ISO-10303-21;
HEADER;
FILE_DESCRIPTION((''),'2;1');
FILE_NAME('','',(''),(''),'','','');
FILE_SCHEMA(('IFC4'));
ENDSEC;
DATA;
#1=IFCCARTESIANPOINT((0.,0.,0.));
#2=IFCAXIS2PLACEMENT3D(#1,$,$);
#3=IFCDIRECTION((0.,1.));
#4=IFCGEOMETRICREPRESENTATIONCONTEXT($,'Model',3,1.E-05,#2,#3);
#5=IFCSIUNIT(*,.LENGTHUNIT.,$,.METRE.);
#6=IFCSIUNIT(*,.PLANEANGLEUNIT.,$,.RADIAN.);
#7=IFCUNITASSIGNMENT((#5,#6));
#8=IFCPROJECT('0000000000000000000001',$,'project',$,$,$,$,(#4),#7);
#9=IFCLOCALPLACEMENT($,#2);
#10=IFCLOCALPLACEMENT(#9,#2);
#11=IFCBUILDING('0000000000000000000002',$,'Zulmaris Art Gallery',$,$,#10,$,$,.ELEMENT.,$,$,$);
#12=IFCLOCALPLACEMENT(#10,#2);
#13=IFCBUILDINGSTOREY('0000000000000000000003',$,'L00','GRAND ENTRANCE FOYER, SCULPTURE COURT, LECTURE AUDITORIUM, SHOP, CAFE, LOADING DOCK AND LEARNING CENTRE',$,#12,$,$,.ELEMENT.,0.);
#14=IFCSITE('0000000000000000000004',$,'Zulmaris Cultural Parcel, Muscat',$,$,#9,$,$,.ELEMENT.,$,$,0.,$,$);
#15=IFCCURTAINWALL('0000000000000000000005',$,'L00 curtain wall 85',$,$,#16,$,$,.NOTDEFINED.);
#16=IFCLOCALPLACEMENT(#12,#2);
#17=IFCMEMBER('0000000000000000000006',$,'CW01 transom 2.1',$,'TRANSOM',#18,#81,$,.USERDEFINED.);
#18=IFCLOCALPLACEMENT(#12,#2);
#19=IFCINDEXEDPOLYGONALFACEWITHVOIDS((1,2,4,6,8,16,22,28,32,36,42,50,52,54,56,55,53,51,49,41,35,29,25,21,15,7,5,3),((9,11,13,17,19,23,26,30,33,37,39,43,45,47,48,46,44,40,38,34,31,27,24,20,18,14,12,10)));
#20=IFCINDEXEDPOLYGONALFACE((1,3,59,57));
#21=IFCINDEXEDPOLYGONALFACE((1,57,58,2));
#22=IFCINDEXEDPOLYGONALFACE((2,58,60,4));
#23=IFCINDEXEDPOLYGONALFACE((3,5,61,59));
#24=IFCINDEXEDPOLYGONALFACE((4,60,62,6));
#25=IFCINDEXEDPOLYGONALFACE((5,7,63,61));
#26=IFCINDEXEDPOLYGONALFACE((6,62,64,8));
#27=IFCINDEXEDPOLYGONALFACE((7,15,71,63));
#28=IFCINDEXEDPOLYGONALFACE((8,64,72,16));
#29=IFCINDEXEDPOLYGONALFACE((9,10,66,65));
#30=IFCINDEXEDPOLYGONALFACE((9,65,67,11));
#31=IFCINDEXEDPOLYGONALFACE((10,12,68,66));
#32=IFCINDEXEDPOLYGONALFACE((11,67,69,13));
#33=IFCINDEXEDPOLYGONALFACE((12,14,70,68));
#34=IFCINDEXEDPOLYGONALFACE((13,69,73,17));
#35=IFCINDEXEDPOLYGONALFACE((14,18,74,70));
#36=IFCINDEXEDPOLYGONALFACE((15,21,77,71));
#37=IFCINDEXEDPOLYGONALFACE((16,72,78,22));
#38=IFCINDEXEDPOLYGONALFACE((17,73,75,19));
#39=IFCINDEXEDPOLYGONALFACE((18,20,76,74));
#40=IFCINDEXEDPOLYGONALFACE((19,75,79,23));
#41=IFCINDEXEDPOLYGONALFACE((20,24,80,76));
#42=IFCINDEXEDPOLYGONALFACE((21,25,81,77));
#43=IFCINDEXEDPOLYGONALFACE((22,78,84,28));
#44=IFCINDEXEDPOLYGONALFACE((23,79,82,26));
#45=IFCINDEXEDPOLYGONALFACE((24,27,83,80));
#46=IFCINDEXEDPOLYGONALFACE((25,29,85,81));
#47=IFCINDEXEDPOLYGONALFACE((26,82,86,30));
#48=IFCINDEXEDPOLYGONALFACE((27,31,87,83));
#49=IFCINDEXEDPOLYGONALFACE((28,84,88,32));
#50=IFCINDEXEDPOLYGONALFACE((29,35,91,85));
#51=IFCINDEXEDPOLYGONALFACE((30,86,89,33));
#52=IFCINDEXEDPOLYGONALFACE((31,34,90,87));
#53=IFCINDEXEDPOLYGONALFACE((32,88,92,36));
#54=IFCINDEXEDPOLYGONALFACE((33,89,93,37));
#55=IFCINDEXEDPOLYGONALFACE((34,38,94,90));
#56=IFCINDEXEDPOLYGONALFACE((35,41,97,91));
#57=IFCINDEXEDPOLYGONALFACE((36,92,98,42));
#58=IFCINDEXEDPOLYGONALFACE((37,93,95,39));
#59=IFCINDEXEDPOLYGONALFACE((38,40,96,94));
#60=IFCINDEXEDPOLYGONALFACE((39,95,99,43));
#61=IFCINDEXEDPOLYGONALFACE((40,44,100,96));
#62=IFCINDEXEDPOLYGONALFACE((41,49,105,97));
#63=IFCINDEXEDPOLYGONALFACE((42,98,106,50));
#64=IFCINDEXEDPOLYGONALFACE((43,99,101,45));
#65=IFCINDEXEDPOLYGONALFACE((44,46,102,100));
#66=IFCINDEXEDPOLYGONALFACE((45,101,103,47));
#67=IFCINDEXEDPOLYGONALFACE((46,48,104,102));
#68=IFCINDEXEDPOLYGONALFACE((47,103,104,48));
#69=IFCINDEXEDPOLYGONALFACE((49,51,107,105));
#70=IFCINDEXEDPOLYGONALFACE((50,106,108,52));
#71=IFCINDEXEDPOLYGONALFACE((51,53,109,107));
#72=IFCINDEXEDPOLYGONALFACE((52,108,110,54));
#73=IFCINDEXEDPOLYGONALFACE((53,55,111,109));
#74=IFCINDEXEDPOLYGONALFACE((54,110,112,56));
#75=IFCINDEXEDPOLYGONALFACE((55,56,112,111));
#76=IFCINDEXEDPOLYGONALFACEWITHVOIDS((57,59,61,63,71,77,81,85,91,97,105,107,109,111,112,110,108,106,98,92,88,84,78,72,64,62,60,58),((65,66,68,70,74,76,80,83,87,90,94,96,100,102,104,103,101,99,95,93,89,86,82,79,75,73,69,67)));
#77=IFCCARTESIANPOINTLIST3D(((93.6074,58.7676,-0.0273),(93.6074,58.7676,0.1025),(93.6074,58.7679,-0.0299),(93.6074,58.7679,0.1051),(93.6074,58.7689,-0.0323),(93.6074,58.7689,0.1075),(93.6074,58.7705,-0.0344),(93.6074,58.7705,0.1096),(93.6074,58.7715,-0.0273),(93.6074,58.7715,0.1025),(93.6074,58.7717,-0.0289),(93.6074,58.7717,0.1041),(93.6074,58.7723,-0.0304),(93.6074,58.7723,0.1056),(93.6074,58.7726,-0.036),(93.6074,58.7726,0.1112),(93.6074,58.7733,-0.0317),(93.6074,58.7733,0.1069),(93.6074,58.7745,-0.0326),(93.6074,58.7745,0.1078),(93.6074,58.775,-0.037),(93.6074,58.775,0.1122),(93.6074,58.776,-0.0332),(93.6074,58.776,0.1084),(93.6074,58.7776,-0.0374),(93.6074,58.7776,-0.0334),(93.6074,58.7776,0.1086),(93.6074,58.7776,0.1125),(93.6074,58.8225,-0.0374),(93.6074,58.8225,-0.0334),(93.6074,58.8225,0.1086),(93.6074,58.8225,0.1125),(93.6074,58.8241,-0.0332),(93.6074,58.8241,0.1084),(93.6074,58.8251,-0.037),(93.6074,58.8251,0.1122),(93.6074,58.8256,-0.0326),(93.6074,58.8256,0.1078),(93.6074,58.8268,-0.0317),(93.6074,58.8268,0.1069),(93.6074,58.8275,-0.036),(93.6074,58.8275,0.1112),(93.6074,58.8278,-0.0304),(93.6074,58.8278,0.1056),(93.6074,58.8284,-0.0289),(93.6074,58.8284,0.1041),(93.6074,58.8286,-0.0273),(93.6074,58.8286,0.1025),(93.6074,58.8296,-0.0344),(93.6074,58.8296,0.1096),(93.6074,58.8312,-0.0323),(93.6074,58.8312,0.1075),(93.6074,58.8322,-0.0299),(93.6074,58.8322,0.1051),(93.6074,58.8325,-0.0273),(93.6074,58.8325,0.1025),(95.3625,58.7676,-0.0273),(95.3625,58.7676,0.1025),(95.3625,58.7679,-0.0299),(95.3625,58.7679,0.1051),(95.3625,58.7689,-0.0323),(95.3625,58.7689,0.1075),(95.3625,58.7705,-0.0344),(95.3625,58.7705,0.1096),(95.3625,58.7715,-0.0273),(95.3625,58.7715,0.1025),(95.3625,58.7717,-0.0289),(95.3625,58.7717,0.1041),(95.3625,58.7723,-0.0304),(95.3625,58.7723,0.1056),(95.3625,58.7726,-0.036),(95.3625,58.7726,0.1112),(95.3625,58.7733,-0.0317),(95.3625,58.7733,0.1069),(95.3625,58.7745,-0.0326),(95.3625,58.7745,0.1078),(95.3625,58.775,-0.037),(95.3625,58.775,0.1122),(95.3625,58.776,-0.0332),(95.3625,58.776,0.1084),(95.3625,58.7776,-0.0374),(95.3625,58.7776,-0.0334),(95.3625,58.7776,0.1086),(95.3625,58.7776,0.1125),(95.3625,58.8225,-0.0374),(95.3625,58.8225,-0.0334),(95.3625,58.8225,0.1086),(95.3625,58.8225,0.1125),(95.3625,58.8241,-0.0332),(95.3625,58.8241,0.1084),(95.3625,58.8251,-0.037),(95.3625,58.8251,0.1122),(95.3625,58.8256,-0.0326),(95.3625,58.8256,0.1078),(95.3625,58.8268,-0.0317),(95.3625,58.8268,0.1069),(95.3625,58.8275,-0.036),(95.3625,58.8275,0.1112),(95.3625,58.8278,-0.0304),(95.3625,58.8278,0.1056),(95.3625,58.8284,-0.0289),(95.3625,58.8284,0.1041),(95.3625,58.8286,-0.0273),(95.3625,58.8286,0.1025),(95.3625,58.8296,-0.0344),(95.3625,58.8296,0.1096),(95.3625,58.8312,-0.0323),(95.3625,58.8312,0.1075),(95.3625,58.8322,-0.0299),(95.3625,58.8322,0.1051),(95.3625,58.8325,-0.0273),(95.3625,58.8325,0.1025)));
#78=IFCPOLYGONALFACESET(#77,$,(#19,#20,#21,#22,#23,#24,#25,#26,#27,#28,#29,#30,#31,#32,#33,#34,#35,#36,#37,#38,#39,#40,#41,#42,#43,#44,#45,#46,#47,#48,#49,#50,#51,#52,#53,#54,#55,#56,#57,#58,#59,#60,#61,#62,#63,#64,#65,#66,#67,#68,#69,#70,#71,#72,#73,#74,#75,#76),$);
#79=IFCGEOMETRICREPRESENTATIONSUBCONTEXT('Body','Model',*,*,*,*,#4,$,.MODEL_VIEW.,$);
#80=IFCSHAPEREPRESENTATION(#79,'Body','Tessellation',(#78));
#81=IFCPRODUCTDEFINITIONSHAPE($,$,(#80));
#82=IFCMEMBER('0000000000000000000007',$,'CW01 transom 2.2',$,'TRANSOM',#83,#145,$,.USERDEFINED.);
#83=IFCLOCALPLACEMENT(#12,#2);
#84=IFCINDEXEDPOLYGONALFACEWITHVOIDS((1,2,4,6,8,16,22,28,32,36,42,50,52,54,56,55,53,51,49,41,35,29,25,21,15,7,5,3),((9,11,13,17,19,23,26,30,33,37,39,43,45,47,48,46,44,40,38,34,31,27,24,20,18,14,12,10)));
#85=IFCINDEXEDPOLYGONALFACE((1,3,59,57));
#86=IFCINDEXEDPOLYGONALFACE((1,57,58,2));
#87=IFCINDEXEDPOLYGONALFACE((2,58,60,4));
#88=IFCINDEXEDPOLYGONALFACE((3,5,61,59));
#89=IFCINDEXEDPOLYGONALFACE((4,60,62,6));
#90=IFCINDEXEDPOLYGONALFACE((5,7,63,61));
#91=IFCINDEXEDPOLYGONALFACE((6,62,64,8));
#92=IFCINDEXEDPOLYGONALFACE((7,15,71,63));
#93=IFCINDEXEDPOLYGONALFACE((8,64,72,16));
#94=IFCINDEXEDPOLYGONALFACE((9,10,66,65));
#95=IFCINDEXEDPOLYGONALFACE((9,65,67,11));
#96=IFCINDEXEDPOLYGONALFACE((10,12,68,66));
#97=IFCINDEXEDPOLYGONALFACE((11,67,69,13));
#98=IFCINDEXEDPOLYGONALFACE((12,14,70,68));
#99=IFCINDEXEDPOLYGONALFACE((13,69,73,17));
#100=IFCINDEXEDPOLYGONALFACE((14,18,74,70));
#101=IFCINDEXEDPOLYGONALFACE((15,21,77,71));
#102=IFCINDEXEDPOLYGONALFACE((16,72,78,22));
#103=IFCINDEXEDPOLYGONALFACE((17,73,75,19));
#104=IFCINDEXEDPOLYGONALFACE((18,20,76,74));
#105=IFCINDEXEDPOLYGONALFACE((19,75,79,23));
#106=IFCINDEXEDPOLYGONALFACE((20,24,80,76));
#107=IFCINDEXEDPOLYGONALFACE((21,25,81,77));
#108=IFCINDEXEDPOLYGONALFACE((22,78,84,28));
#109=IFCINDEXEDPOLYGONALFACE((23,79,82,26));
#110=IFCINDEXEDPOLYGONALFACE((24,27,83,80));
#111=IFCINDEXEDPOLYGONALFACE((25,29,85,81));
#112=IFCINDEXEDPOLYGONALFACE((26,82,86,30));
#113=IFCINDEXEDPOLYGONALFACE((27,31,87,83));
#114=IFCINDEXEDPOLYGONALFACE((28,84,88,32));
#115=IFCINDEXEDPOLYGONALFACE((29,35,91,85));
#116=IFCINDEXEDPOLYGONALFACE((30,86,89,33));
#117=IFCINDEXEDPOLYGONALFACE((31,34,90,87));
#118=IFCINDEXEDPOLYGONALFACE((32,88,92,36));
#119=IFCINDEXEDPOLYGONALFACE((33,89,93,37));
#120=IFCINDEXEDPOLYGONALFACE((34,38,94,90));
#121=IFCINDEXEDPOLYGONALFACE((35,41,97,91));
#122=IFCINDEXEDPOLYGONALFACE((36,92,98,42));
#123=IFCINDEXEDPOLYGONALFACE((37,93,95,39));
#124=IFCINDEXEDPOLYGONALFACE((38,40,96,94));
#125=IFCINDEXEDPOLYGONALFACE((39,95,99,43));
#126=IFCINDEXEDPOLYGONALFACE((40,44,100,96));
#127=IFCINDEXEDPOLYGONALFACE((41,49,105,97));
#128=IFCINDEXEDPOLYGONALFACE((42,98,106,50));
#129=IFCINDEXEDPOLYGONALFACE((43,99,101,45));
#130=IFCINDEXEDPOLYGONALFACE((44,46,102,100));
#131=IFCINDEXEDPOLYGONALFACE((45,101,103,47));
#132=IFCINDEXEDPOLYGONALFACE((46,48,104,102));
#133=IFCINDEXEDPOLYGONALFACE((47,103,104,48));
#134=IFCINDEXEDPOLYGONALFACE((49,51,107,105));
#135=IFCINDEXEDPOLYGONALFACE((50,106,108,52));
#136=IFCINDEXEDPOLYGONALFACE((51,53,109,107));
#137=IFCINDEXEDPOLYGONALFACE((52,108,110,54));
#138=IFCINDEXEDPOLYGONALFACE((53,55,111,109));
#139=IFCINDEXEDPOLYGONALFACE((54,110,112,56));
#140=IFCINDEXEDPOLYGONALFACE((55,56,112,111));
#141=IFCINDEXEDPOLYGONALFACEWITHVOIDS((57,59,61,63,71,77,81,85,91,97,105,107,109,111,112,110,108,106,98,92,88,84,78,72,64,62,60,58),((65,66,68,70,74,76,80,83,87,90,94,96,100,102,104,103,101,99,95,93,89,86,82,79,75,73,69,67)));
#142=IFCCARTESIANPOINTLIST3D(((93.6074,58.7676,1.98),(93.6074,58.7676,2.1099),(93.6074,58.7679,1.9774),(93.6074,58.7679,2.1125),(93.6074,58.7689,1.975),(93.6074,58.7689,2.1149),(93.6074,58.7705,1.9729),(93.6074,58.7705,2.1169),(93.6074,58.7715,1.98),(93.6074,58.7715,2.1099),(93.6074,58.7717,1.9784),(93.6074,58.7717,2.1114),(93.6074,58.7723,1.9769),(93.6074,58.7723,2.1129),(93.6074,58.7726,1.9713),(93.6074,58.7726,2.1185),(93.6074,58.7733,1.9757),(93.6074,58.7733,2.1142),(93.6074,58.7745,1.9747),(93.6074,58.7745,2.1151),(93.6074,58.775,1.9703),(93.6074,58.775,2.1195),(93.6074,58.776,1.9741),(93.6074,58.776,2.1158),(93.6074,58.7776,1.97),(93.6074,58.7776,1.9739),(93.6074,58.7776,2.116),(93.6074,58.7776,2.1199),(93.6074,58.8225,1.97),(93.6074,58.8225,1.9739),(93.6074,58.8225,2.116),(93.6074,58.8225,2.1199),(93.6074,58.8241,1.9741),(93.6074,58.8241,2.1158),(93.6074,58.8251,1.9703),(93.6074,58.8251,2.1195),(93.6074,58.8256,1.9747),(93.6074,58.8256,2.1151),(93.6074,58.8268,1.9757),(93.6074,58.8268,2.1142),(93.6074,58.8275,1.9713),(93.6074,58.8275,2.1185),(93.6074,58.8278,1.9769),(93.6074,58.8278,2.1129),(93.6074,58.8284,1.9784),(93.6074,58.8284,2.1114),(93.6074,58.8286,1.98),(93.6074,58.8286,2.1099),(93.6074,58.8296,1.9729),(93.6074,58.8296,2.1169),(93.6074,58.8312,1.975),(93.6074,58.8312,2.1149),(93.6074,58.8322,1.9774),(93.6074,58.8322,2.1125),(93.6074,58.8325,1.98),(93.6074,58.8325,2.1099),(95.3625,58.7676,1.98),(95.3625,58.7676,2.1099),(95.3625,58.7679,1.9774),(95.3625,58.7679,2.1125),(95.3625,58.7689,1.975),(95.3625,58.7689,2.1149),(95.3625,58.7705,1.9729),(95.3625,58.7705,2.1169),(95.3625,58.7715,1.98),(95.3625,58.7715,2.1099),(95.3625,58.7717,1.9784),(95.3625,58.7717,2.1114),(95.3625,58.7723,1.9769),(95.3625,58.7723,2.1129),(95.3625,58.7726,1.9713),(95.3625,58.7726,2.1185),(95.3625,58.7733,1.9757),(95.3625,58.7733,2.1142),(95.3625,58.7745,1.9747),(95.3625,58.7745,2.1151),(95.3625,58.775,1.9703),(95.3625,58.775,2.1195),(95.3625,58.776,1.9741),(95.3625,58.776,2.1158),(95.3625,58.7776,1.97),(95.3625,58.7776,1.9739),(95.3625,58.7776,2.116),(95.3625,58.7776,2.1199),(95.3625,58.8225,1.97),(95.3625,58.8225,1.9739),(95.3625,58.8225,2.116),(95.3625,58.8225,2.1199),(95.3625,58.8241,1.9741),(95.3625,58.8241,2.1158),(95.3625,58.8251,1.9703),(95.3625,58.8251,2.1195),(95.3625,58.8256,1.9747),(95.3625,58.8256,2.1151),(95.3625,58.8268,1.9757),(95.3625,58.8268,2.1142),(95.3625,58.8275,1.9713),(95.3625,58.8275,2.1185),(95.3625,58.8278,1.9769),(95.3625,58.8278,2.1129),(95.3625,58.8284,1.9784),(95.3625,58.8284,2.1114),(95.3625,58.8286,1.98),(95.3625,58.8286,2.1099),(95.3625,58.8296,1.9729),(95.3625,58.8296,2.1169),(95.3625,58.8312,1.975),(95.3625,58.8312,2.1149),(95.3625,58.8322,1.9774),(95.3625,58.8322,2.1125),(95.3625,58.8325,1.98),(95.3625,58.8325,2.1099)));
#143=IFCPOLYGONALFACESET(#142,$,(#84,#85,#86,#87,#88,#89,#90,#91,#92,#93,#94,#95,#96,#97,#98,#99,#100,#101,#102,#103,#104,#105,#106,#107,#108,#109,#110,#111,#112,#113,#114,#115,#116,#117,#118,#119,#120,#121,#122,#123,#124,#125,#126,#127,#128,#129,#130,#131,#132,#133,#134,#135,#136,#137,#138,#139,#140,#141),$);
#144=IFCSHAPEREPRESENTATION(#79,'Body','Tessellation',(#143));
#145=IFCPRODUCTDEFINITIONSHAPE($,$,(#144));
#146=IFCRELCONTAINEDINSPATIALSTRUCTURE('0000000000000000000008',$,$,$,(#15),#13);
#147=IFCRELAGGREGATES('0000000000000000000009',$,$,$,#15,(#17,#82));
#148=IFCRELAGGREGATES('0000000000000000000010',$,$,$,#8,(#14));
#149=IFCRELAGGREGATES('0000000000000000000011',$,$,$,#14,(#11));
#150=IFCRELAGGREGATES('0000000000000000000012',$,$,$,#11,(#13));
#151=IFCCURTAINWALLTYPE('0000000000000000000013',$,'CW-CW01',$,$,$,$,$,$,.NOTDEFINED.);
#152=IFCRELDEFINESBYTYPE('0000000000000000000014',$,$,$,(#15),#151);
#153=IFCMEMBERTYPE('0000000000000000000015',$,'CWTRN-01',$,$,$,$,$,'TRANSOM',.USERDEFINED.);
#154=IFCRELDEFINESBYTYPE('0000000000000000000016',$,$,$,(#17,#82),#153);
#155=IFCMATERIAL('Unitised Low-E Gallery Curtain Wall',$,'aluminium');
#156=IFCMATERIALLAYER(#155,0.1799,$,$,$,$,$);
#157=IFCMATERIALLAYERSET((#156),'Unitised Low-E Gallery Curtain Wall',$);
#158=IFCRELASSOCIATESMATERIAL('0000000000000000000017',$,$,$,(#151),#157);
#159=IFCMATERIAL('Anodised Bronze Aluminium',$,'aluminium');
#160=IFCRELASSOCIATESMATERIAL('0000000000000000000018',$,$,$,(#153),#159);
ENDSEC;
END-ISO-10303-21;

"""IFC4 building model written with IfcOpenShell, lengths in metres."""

from ifc_helpers import new_model, si_unit, direction, frame, origin, origin_2d, place, context, subcontext, project, spatial, hollow_rectangle, extrude, material, layer, layer_set, material_profile, profile_set, type_object, element, aggregate, save


model = new_model("IFC4")

# Units and contexts
model_context = context("Model", 3, precision=1e-05, world=origin(), true_north=direction((0.0, 1.0)))
body_context = subcontext(model_context, "Body", "Model", "MODEL_VIEW")
ifc_project = project(units=[si_unit("LENGTHUNIT", "METRE"), si_unit("PLANEANGLEUNIT", "RADIAN")], contexts=[model_context])

# Site, building, storey
site_placement = place(None, origin())
site = spatial("IfcSite", under=ifc_project, at=site_placement, Name="Zulmaris Cultural Parcel, Muscat", CompositionType="ELEMENT", RefElevation=0.0)
building_placement = place(site_placement, origin())
building = spatial("IfcBuilding", under=site, at=building_placement, Name="Zulmaris Art Gallery", CompositionType="ELEMENT")
storey_placement = place(building_placement, origin())
storey = spatial("IfcBuildingStorey", under=building, at=storey_placement, Name="L00", Description="GRAND ENTRANCE FOYER, SCULPTURE COURT, LECTURE AUDITORIUM, SHOP, CAFE, LOADING DOCK AND LEARNING CENTRE", CompositionType="ELEMENT", Elevation=0.0)

# Curtain wall
ifc_material_1 = material(Name="Unitised Low-E Gallery Curtain Wall", Category="aluminium")
ifc_layer_1 = layer(ifc_material_1, 0.1799)
ifc_layer_set_1 = layer_set([ifc_layer_1], Name="Unitised Low-E Gallery Curtain Wall")
curtain_wall_type = type_object("IfcCurtainWallType", Name="CW-CW01", PredefinedType="NOTDEFINED", material=ifc_layer_set_1)
curtain_wall_1_placement = place(storey_placement, origin())
curtain_wall_1 = element("IfcCurtainWall", 1, at=curtain_wall_1_placement, inside=storey, type_object=curtain_wall_type, Name="L00 curtain wall 85", PredefinedType="NOTDEFINED")
ifc_material_2 = material(Name="Anodised Bronze Aluminium", Category="aluminium")

# Members
ifc_material_profile_1 = material_profile(ifc_material_2, hollow_rectangle(XDim=0.0649, YDim=0.1499, WallThickness=0.0039, InnerFilletRadius=0.0061, OuterFilletRadius=0.01, at=origin_2d()), Name="ALU 65x150x4")
ifc_profile_set_1 = profile_set([ifc_material_profile_1], Name="Anodised Bronze Aluminium")
member_type_1 = type_object("IfcMemberType", Name="CWTRN-01", ElementType="TRANSOM", PredefinedType="USERDEFINED", material=ifc_profile_set_1)
member_1_placement = place(storey_placement, frame((93.6074, 58.8, 0.0376), z_axis=(1.0, 0.0, 0.0), x_axis=(0.0, 1.0, 0.0)))
member_1 = element("IfcMember", 2, at=member_1_placement, type_object=member_type_1, Name="CW01 transom 2.1", ObjectType="TRANSOM", PredefinedType="USERDEFINED", context=body_context, shape_type="SweptSolid", body=[
    extrude(hollow_rectangle(XDim=0.0649, YDim=0.1499, WallThickness=0.0039, InnerFilletRadius=0.0061, OuterFilletRadius=0.01, at=origin_2d()), origin(), (0.0, 0.0, 1.0), 1.7551),
])
member_2_placement = place(storey_placement, frame((93.6074, 58.8, 2.0449), z_axis=(1.0, 0.0, 0.0), x_axis=(0.0, 1.0, 0.0)))
member_2 = element("IfcMember", 3, at=member_2_placement, type_object=member_type_1, Name="CW01 transom 2.2", ObjectType="TRANSOM", PredefinedType="USERDEFINED", context=body_context, shape_type="SweptSolid", body=[
    extrude(hollow_rectangle(XDim=0.0649, YDim=0.1499, WallThickness=0.0039, InnerFilletRadius=0.0061, OuterFilletRadius=0.01, at=origin_2d()), origin(), (0.0, 0.0, 1.0), 1.7551),
])

aggregate(curtain_wall_1, [member_1, member_2])

save(model, "model.ifc")
